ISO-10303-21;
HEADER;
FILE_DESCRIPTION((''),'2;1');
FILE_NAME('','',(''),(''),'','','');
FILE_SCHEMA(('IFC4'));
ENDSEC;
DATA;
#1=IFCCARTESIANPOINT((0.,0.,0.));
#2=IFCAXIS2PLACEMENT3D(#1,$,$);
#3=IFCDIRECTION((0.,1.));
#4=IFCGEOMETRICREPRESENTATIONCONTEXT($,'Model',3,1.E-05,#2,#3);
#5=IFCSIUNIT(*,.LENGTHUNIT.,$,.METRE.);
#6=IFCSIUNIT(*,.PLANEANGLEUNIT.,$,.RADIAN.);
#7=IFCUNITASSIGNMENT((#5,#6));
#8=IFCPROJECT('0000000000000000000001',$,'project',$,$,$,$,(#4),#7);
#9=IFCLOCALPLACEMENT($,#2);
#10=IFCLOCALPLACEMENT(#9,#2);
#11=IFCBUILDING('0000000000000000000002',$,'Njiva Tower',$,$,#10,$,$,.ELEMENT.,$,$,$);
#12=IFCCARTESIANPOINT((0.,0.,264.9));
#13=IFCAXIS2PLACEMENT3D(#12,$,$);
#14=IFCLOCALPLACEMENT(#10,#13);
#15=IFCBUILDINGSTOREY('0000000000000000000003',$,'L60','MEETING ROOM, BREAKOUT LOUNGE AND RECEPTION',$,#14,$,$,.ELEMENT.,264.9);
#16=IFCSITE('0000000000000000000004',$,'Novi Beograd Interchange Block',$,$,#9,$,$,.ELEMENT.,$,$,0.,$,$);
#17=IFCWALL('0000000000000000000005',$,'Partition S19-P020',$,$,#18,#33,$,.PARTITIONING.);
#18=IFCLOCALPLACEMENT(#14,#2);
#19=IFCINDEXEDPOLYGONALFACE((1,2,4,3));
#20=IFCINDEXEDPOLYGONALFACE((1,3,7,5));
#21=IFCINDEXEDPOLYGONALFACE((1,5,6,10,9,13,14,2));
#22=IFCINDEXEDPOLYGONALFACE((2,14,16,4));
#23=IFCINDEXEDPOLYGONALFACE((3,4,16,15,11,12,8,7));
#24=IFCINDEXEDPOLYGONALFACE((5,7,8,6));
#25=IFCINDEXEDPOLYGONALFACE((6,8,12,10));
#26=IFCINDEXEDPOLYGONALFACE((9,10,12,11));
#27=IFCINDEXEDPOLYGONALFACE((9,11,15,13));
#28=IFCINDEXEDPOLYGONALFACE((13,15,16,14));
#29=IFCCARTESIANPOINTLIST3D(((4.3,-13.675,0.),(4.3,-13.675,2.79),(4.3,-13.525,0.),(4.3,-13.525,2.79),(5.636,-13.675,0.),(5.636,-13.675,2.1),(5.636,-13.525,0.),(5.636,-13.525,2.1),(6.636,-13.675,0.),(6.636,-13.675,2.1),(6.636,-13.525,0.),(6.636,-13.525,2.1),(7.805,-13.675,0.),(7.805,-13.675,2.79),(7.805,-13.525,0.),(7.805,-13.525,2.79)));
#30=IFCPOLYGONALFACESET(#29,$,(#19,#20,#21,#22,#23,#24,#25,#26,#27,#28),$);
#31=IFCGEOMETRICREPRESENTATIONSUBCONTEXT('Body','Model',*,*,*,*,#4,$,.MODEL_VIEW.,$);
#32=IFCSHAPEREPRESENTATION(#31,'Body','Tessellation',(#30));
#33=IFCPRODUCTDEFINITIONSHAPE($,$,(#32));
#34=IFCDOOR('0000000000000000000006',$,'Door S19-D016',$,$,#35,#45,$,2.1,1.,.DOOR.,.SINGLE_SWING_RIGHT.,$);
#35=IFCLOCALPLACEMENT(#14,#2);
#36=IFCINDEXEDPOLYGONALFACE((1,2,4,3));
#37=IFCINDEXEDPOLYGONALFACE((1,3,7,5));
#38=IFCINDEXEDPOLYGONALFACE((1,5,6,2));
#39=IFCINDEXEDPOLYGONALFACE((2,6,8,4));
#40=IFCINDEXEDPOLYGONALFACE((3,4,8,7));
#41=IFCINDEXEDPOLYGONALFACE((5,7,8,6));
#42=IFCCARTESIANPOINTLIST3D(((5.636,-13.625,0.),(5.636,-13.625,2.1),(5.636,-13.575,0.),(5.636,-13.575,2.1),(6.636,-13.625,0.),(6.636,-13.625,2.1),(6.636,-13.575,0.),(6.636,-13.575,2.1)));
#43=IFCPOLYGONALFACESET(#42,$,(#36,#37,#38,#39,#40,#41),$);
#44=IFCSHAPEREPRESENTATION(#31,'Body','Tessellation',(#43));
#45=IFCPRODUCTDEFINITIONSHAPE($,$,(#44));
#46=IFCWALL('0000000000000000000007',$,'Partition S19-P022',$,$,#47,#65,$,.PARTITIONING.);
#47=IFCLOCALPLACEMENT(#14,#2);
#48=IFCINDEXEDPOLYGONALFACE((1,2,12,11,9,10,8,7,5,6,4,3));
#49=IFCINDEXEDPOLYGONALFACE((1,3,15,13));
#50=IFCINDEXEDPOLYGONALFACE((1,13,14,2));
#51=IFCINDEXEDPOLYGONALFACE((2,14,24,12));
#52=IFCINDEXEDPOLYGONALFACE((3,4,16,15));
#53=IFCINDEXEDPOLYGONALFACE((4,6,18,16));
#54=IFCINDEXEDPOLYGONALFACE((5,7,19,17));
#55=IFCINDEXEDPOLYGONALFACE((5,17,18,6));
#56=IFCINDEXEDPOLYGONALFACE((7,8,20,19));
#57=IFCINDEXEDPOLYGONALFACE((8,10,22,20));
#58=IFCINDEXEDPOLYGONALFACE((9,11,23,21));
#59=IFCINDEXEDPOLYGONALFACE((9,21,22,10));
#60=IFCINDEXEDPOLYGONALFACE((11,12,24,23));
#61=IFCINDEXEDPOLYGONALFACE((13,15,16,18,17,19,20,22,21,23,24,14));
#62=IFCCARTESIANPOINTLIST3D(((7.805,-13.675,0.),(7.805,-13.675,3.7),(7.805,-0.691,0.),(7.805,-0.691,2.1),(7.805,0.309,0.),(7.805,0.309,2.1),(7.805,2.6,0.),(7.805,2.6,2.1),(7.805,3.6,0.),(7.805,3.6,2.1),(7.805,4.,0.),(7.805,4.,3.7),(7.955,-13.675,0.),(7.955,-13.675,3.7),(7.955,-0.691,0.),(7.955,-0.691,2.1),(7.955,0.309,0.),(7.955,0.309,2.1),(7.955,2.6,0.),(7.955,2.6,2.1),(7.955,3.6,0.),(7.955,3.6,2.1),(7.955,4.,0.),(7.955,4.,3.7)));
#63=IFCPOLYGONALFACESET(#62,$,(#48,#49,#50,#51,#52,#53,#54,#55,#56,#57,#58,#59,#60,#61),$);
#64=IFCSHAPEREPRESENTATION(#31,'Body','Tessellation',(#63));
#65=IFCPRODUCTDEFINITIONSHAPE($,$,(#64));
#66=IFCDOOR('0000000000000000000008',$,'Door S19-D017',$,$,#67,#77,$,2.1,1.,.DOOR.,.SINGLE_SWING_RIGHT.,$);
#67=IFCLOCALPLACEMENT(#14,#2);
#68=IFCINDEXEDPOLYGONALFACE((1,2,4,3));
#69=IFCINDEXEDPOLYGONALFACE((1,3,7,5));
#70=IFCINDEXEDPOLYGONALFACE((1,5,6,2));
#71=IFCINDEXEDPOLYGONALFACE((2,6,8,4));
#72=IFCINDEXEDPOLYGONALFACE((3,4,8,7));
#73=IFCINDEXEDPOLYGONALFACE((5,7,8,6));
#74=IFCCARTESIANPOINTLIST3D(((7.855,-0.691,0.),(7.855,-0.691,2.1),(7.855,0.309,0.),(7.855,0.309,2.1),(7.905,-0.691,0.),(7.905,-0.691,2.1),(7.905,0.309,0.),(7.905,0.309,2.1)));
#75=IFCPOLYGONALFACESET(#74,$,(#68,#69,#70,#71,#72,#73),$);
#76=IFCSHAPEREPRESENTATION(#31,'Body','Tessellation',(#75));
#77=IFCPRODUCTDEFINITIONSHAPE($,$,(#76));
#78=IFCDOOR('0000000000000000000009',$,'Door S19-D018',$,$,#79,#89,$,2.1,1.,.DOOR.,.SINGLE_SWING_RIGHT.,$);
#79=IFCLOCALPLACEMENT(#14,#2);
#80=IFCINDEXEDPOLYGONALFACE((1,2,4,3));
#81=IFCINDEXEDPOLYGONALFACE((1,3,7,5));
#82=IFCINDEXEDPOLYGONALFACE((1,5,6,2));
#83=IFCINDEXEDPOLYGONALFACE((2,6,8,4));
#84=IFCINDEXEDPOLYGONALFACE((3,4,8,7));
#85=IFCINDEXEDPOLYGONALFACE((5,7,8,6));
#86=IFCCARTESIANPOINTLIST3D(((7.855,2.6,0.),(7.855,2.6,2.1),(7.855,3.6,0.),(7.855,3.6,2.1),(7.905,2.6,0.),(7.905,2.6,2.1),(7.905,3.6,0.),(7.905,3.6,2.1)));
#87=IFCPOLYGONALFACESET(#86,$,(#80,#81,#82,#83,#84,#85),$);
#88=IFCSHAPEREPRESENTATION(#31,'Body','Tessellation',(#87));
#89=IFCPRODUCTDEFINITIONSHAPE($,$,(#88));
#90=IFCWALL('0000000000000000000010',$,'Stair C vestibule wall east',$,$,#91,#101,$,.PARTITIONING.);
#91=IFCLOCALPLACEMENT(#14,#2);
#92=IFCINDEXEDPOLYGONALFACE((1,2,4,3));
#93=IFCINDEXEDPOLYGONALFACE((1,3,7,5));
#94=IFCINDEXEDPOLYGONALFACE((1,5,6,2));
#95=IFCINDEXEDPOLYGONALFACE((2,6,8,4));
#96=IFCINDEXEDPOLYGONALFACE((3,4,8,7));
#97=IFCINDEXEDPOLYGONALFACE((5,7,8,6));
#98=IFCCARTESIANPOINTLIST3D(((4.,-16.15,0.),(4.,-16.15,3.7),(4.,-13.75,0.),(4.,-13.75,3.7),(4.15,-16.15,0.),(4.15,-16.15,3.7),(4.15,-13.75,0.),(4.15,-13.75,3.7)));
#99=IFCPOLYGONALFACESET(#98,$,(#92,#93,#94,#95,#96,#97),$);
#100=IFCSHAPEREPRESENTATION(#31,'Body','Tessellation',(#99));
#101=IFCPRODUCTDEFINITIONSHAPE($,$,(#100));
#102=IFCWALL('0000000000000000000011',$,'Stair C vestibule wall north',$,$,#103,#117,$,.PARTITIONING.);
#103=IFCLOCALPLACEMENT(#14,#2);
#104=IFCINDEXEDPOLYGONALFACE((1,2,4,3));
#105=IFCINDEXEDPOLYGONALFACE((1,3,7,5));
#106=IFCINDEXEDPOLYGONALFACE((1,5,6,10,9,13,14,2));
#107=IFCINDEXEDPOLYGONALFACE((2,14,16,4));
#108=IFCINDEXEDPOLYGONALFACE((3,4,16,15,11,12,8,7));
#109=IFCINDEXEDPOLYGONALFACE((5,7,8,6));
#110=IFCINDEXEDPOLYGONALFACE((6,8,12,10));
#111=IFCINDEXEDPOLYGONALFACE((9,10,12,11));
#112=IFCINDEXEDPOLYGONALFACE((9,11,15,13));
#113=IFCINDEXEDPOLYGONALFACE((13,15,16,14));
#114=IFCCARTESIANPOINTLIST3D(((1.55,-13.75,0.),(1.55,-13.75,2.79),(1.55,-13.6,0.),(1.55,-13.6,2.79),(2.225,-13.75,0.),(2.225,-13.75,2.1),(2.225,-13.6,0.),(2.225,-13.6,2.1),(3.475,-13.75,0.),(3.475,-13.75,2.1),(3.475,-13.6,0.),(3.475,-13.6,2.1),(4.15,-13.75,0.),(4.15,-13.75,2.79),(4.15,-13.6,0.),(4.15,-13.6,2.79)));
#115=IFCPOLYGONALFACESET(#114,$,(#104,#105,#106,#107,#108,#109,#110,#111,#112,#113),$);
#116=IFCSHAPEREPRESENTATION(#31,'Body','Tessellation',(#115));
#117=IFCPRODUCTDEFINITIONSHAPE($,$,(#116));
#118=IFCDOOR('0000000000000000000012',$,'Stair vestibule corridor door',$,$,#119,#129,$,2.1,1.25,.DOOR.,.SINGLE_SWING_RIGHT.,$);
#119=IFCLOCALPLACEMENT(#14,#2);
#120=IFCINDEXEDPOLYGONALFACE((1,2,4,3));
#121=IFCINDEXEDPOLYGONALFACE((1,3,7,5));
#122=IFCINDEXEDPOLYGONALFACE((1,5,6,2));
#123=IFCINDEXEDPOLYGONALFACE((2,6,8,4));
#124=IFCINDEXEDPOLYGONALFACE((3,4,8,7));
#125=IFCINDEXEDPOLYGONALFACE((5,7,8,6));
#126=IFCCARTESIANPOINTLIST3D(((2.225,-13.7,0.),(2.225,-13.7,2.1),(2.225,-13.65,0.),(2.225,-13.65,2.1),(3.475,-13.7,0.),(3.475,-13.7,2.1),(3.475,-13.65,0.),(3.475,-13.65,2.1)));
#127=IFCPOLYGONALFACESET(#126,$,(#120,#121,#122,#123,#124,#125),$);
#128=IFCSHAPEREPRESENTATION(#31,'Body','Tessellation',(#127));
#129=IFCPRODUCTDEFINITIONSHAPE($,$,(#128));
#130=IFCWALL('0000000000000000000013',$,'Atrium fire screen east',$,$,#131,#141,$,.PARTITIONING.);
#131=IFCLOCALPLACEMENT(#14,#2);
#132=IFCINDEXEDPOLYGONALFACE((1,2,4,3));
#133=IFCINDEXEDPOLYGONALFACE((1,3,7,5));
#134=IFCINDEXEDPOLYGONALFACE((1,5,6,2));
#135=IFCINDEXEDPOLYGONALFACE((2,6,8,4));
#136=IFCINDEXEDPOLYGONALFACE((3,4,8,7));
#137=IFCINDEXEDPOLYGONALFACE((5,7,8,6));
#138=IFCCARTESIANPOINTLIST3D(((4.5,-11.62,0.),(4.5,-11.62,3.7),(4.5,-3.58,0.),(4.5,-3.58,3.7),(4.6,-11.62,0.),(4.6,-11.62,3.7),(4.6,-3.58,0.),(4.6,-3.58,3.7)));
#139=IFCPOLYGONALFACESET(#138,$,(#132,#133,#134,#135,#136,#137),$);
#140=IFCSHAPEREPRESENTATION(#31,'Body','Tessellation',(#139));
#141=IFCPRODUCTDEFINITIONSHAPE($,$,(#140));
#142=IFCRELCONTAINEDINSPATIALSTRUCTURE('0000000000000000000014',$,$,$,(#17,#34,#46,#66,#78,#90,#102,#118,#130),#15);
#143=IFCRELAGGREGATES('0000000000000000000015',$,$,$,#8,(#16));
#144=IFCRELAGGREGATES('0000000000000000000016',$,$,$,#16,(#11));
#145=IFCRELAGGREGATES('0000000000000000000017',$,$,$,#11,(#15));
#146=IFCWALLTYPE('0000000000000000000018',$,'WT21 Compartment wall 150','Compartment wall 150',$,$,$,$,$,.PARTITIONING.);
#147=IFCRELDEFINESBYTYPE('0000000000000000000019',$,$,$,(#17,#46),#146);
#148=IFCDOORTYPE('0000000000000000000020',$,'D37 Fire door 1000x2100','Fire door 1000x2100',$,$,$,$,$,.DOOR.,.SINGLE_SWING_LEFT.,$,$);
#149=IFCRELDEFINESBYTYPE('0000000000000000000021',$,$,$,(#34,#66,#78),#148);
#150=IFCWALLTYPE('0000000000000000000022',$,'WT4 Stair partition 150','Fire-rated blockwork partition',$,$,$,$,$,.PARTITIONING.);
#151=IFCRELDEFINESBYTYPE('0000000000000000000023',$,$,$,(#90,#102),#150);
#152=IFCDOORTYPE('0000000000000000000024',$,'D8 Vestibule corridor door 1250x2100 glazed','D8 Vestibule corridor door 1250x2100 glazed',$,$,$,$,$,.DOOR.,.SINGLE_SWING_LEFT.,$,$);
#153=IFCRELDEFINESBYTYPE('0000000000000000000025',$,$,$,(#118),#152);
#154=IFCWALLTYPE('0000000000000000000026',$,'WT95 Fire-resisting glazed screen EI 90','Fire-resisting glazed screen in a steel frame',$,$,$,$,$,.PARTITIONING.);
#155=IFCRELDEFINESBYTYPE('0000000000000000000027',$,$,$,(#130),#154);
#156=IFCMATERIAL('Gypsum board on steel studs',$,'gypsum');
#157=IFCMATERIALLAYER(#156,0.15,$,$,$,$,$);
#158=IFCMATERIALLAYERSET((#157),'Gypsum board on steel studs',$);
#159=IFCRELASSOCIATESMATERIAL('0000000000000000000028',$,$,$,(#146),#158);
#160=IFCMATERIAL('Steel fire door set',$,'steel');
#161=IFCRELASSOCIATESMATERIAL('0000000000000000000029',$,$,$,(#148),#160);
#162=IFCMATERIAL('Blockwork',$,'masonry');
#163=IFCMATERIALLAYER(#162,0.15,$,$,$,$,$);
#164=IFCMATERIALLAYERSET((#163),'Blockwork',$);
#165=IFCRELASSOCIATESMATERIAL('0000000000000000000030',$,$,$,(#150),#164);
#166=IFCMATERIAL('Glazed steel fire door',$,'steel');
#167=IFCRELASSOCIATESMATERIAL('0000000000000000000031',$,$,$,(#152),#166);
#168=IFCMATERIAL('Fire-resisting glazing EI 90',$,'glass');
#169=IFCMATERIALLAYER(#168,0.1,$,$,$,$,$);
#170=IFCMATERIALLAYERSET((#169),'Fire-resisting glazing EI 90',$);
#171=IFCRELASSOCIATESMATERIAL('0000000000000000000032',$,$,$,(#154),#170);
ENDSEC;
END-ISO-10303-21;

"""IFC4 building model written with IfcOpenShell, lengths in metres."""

from ifc_helpers import new_model, si_unit, direction, frame, frame_2d, origin, place, context, subcontext, project, spatial, rectangle, extrude, material, layer, layer_set, type_object, element, fill, save


model = new_model("IFC4")

# Units and contexts
model_context = context("Model", 3, precision=1e-05, world=origin(), true_north=direction((0.0, 1.0)))
body_context = subcontext(model_context, "Body", "Model", "MODEL_VIEW")
ifc_project = project(units=[si_unit("LENGTHUNIT", "METRE"), si_unit("PLANEANGLEUNIT", "RADIAN")], contexts=[model_context])

# Site, building, storey
site_placement = place(None, origin())
site = spatial("IfcSite", under=ifc_project, at=site_placement, Name="Novi Beograd Interchange Block", CompositionType="ELEMENT", RefElevation=0.0)
building_placement = place(site_placement, origin())
building = spatial("IfcBuilding", under=site, at=building_placement, Name="Njiva Tower", CompositionType="ELEMENT")
storey_placement = place(building_placement, frame((0.0, 0.0, 264.9)))
storey = spatial("IfcBuildingStorey", under=building, at=storey_placement, Name="L60", Description="MEETING ROOM, BREAKOUT LOUNGE AND RECEPTION", CompositionType="ELEMENT", Elevation=264.9)

# Wall, opening, door
ifc_material_1 = material(Name="Gypsum board on steel studs", Category="gypsum")
ifc_layer_1 = layer(ifc_material_1, 0.15)
ifc_layer_set_1 = layer_set([ifc_layer_1], Name="Gypsum board on steel studs")
wall_type_1 = type_object("IfcWallType", Name="WT21 Compartment wall 150", Description="Compartment wall 150", PredefinedType="PARTITIONING", material=ifc_layer_set_1)
wall_1_placement = place(storey_placement, frame((4.3, -13.6, 0.0), z_axis=(0.0, 0.0, 1.0), x_axis=(1.0, 0.0, 0.0)))
wall_1 = element("IfcWall", 1, at=wall_1_placement, inside=storey, type_object=wall_type_1, Name="Partition S19-P020", PredefinedType="PARTITIONING", context=body_context, shape_type="SweptSolid", body=[
    extrude(rectangle(XDim=3.505, YDim=0.15, at=frame_2d((1.7525, 0.0))), origin(), (0.0, 0.0, 1.0), 2.79),
])
opening_1_placement = place(wall_1_placement, frame((1.336, 0.0, 0.0)))
opening_1 = element("IfcOpeningElement", 2, at=opening_1_placement, cuts=wall_1, PredefinedType="OPENING", context=body_context, shape_type="SweptSolid", body=[
    extrude(rectangle(XDim=1.0, YDim=2.1, at=frame_2d((0.5, 1.05))), frame((0.0, 0.085, 0.0), z_axis=(0.0, -1.0, 0.0), x_axis=(1.0, 0.0, 0.0)), (0.0, 0.0, 1.0), 0.17),
])
ifc_material_2 = material(Name="Steel fire door set", Category="steel")
door_type_1 = type_object("IfcDoorType", Name="D37 Fire door 1000x2100", Description="Fire door 1000x2100", OperationType="SINGLE_SWING_LEFT", PredefinedType="DOOR", material=ifc_material_2)
door_1_placement = place(opening_1_placement, origin())
door_1 = element("IfcDoor", 3, at=door_1_placement, inside=storey, type_object=door_type_1, Name="Door S19-D016", OperationType="SINGLE_SWING_RIGHT", OverallHeight=2.1, OverallWidth=1.0, PredefinedType="DOOR", context=body_context, shape_type="SweptSolid", body=[
    extrude(rectangle(XDim=1.0, YDim=2.1, at=frame_2d((0.5, 1.05))), frame((0.0, 0.025, 0.0), z_axis=(0.0, -1.0, 0.0), x_axis=(1.0, 0.0, 0.0)), (0.0, 0.0, 1.0), 0.05),
])
fill(opening_1, door_1)

# Wall, openings, doors
wall_2_placement = place(storey_placement, frame((7.88, -13.675, 0.0), z_axis=(0.0, 0.0, 1.0), x_axis=(0.0, 1.0, 0.0)))
wall_2 = element("IfcWall", 4, at=wall_2_placement, inside=storey, type_object=wall_type_1, Name="Partition S19-P022", PredefinedType="PARTITIONING", context=body_context, shape_type="SweptSolid", body=[
    extrude(rectangle(XDim=17.675, YDim=0.15, at=frame_2d((8.8375, 0.0))), origin(), (0.0, 0.0, 1.0), 3.7),
])
opening_2_placement = place(wall_2_placement, frame((12.984, 0.0, 0.0)))
opening_2 = element("IfcOpeningElement", 5, at=opening_2_placement, cuts=wall_2, PredefinedType="OPENING", context=body_context, shape_type="SweptSolid", body=[
    extrude(rectangle(XDim=1.0, YDim=2.1, at=frame_2d((0.5, 1.05))), frame((0.0, 0.085, 0.0), z_axis=(0.0, -1.0, 0.0), x_axis=(1.0, 0.0, 0.0)), (0.0, 0.0, 1.0), 0.17),
])
opening_3_placement = place(wall_2_placement, frame((16.275, 0.0, 0.0)))
opening_3 = element("IfcOpeningElement", 6, at=opening_3_placement, cuts=wall_2, PredefinedType="OPENING", context=body_context, shape_type="SweptSolid", body=[
    extrude(rectangle(XDim=1.0, YDim=2.1, at=frame_2d((0.5, 1.05))), frame((0.0, 0.085, 0.0), z_axis=(0.0, -1.0, 0.0), x_axis=(1.0, 0.0, 0.0)), (0.0, 0.0, 1.0), 0.17),
])
door_2_placement = place(opening_2_placement, origin())
door_2 = element("IfcDoor", 7, at=door_2_placement, inside=storey, type_object=door_type_1, Name="Door S19-D017", OperationType="SINGLE_SWING_RIGHT", OverallHeight=2.1, OverallWidth=1.0, PredefinedType="DOOR", context=body_context, shape_type="SweptSolid", body=[
    extrude(rectangle(XDim=1.0, YDim=2.1, at=frame_2d((0.5, 1.05))), frame((0.0, 0.025, 0.0), z_axis=(0.0, -1.0, 0.0), x_axis=(1.0, 0.0, 0.0)), (0.0, 0.0, 1.0), 0.05),
])
fill(opening_2, door_2)
door_3_placement = place(opening_3_placement, origin())
door_3 = element("IfcDoor", 8, at=door_3_placement, inside=storey, type_object=door_type_1, Name="Door S19-D018", OperationType="SINGLE_SWING_RIGHT", OverallHeight=2.1, OverallWidth=1.0, PredefinedType="DOOR", context=body_context, shape_type="SweptSolid", body=[
    extrude(rectangle(XDim=1.0, YDim=2.1, at=frame_2d((0.5, 1.05))), frame((0.0, 0.025, 0.0), z_axis=(0.0, -1.0, 0.0), x_axis=(1.0, 0.0, 0.0)), (0.0, 0.0, 1.0), 0.05),
])
fill(opening_3, door_3)

# Wall
ifc_material_3 = material(Name="Blockwork", Category="masonry")
ifc_layer_2 = layer(ifc_material_3, 0.15)
ifc_layer_set_2 = layer_set([ifc_layer_2], Name="Blockwork")
wall_type_2 = type_object("IfcWallType", Name="WT4 Stair partition 150", Description="Fire-rated blockwork partition", PredefinedType="PARTITIONING", material=ifc_layer_set_2)
wall_3_placement = place(storey_placement, frame((4.075, -16.15, 0.0), z_axis=(0.0, 0.0, 1.0), x_axis=(0.0, 1.0, 0.0)))
element("IfcWall", 9, at=wall_3_placement, inside=storey, type_object=wall_type_2, Name="Stair C vestibule wall east", PredefinedType="PARTITIONING", context=body_context, shape_type="SweptSolid", body=[
    extrude(rectangle(XDim=2.4, YDim=0.15, at=frame_2d((1.2, 0.0))), origin(), (0.0, 0.0, 1.0), 3.7),
])

# Wall, opening, door
wall_4_placement = place(storey_placement, frame((1.55, -13.675, 0.0), z_axis=(0.0, 0.0, 1.0), x_axis=(1.0, 0.0, 0.0)))
wall_4 = element("IfcWall", 10, at=wall_4_placement, inside=storey, type_object=wall_type_2, Name="Stair C vestibule wall north", PredefinedType="PARTITIONING", context=body_context, shape_type="SweptSolid", body=[
    extrude(rectangle(XDim=2.6, YDim=0.15, at=frame_2d((1.3, 0.0))), origin(), (0.0, 0.0, 1.0), 2.79),
])
opening_4_placement = place(wall_4_placement, frame((0.675, 0.0, 0.0)))
opening_4 = element("IfcOpeningElement", 11, at=opening_4_placement, cuts=wall_4, PredefinedType="OPENING", context=body_context, shape_type="SweptSolid", body=[
    extrude(rectangle(XDim=1.25, YDim=2.1, at=frame_2d((0.625, 1.05))), frame((0.0, 0.085, 0.0), z_axis=(0.0, -1.0, 0.0), x_axis=(1.0, 0.0, 0.0)), (0.0, 0.0, 1.0), 0.17),
])
ifc_material_4 = material(Name="Glazed steel fire door", Category="steel")
door_type_2 = type_object("IfcDoorType", Name="D8 Vestibule corridor door 1250x2100 glazed", Description="D8 Vestibule corridor door 1250x2100 glazed", OperationType="SINGLE_SWING_LEFT", PredefinedType="DOOR", material=ifc_material_4)
door_4_placement = place(opening_4_placement, origin())
door_4 = element("IfcDoor", 12, at=door_4_placement, inside=storey, type_object=door_type_2, Name="Stair vestibule corridor door", OperationType="SINGLE_SWING_RIGHT", OverallHeight=2.1, OverallWidth=1.25, PredefinedType="DOOR", context=body_context, shape_type="SweptSolid", body=[
    extrude(rectangle(XDim=1.25, YDim=2.1, at=frame_2d((0.625, 1.05))), frame((0.0, 0.025, 0.0), z_axis=(0.0, -1.0, 0.0), x_axis=(1.0, 0.0, 0.0)), (0.0, 0.0, 1.0), 0.05),
])
fill(opening_4, door_4)

# Wall
ifc_material_5 = material(Name="Fire-resisting glazing EI 90", Category="glass")
ifc_layer_3 = layer(ifc_material_5, 0.1)
ifc_layer_set_3 = layer_set([ifc_layer_3], Name="Fire-resisting glazing EI 90")
wall_type_3 = type_object("IfcWallType", Name="WT95 Fire-resisting glazed screen EI 90", Description="Fire-resisting glazed screen in a steel frame", PredefinedType="PARTITIONING", material=ifc_layer_set_3)
wall_5_placement = place(storey_placement, frame((4.55, -11.62, 0.0), z_axis=(0.0, 0.0, 1.0), x_axis=(0.0, 1.0, 0.0)))
element("IfcWall", 13, at=wall_5_placement, inside=storey, type_object=wall_type_3, Name="Atrium fire screen east", PredefinedType="PARTITIONING", context=body_context, shape_type="SweptSolid", body=[
    extrude(rectangle(XDim=8.04, YDim=0.1, at=frame_2d((4.02, 0.0))), origin(), (0.0, 0.0, 1.0), 3.7),
])

save(model, "model.ifc")
